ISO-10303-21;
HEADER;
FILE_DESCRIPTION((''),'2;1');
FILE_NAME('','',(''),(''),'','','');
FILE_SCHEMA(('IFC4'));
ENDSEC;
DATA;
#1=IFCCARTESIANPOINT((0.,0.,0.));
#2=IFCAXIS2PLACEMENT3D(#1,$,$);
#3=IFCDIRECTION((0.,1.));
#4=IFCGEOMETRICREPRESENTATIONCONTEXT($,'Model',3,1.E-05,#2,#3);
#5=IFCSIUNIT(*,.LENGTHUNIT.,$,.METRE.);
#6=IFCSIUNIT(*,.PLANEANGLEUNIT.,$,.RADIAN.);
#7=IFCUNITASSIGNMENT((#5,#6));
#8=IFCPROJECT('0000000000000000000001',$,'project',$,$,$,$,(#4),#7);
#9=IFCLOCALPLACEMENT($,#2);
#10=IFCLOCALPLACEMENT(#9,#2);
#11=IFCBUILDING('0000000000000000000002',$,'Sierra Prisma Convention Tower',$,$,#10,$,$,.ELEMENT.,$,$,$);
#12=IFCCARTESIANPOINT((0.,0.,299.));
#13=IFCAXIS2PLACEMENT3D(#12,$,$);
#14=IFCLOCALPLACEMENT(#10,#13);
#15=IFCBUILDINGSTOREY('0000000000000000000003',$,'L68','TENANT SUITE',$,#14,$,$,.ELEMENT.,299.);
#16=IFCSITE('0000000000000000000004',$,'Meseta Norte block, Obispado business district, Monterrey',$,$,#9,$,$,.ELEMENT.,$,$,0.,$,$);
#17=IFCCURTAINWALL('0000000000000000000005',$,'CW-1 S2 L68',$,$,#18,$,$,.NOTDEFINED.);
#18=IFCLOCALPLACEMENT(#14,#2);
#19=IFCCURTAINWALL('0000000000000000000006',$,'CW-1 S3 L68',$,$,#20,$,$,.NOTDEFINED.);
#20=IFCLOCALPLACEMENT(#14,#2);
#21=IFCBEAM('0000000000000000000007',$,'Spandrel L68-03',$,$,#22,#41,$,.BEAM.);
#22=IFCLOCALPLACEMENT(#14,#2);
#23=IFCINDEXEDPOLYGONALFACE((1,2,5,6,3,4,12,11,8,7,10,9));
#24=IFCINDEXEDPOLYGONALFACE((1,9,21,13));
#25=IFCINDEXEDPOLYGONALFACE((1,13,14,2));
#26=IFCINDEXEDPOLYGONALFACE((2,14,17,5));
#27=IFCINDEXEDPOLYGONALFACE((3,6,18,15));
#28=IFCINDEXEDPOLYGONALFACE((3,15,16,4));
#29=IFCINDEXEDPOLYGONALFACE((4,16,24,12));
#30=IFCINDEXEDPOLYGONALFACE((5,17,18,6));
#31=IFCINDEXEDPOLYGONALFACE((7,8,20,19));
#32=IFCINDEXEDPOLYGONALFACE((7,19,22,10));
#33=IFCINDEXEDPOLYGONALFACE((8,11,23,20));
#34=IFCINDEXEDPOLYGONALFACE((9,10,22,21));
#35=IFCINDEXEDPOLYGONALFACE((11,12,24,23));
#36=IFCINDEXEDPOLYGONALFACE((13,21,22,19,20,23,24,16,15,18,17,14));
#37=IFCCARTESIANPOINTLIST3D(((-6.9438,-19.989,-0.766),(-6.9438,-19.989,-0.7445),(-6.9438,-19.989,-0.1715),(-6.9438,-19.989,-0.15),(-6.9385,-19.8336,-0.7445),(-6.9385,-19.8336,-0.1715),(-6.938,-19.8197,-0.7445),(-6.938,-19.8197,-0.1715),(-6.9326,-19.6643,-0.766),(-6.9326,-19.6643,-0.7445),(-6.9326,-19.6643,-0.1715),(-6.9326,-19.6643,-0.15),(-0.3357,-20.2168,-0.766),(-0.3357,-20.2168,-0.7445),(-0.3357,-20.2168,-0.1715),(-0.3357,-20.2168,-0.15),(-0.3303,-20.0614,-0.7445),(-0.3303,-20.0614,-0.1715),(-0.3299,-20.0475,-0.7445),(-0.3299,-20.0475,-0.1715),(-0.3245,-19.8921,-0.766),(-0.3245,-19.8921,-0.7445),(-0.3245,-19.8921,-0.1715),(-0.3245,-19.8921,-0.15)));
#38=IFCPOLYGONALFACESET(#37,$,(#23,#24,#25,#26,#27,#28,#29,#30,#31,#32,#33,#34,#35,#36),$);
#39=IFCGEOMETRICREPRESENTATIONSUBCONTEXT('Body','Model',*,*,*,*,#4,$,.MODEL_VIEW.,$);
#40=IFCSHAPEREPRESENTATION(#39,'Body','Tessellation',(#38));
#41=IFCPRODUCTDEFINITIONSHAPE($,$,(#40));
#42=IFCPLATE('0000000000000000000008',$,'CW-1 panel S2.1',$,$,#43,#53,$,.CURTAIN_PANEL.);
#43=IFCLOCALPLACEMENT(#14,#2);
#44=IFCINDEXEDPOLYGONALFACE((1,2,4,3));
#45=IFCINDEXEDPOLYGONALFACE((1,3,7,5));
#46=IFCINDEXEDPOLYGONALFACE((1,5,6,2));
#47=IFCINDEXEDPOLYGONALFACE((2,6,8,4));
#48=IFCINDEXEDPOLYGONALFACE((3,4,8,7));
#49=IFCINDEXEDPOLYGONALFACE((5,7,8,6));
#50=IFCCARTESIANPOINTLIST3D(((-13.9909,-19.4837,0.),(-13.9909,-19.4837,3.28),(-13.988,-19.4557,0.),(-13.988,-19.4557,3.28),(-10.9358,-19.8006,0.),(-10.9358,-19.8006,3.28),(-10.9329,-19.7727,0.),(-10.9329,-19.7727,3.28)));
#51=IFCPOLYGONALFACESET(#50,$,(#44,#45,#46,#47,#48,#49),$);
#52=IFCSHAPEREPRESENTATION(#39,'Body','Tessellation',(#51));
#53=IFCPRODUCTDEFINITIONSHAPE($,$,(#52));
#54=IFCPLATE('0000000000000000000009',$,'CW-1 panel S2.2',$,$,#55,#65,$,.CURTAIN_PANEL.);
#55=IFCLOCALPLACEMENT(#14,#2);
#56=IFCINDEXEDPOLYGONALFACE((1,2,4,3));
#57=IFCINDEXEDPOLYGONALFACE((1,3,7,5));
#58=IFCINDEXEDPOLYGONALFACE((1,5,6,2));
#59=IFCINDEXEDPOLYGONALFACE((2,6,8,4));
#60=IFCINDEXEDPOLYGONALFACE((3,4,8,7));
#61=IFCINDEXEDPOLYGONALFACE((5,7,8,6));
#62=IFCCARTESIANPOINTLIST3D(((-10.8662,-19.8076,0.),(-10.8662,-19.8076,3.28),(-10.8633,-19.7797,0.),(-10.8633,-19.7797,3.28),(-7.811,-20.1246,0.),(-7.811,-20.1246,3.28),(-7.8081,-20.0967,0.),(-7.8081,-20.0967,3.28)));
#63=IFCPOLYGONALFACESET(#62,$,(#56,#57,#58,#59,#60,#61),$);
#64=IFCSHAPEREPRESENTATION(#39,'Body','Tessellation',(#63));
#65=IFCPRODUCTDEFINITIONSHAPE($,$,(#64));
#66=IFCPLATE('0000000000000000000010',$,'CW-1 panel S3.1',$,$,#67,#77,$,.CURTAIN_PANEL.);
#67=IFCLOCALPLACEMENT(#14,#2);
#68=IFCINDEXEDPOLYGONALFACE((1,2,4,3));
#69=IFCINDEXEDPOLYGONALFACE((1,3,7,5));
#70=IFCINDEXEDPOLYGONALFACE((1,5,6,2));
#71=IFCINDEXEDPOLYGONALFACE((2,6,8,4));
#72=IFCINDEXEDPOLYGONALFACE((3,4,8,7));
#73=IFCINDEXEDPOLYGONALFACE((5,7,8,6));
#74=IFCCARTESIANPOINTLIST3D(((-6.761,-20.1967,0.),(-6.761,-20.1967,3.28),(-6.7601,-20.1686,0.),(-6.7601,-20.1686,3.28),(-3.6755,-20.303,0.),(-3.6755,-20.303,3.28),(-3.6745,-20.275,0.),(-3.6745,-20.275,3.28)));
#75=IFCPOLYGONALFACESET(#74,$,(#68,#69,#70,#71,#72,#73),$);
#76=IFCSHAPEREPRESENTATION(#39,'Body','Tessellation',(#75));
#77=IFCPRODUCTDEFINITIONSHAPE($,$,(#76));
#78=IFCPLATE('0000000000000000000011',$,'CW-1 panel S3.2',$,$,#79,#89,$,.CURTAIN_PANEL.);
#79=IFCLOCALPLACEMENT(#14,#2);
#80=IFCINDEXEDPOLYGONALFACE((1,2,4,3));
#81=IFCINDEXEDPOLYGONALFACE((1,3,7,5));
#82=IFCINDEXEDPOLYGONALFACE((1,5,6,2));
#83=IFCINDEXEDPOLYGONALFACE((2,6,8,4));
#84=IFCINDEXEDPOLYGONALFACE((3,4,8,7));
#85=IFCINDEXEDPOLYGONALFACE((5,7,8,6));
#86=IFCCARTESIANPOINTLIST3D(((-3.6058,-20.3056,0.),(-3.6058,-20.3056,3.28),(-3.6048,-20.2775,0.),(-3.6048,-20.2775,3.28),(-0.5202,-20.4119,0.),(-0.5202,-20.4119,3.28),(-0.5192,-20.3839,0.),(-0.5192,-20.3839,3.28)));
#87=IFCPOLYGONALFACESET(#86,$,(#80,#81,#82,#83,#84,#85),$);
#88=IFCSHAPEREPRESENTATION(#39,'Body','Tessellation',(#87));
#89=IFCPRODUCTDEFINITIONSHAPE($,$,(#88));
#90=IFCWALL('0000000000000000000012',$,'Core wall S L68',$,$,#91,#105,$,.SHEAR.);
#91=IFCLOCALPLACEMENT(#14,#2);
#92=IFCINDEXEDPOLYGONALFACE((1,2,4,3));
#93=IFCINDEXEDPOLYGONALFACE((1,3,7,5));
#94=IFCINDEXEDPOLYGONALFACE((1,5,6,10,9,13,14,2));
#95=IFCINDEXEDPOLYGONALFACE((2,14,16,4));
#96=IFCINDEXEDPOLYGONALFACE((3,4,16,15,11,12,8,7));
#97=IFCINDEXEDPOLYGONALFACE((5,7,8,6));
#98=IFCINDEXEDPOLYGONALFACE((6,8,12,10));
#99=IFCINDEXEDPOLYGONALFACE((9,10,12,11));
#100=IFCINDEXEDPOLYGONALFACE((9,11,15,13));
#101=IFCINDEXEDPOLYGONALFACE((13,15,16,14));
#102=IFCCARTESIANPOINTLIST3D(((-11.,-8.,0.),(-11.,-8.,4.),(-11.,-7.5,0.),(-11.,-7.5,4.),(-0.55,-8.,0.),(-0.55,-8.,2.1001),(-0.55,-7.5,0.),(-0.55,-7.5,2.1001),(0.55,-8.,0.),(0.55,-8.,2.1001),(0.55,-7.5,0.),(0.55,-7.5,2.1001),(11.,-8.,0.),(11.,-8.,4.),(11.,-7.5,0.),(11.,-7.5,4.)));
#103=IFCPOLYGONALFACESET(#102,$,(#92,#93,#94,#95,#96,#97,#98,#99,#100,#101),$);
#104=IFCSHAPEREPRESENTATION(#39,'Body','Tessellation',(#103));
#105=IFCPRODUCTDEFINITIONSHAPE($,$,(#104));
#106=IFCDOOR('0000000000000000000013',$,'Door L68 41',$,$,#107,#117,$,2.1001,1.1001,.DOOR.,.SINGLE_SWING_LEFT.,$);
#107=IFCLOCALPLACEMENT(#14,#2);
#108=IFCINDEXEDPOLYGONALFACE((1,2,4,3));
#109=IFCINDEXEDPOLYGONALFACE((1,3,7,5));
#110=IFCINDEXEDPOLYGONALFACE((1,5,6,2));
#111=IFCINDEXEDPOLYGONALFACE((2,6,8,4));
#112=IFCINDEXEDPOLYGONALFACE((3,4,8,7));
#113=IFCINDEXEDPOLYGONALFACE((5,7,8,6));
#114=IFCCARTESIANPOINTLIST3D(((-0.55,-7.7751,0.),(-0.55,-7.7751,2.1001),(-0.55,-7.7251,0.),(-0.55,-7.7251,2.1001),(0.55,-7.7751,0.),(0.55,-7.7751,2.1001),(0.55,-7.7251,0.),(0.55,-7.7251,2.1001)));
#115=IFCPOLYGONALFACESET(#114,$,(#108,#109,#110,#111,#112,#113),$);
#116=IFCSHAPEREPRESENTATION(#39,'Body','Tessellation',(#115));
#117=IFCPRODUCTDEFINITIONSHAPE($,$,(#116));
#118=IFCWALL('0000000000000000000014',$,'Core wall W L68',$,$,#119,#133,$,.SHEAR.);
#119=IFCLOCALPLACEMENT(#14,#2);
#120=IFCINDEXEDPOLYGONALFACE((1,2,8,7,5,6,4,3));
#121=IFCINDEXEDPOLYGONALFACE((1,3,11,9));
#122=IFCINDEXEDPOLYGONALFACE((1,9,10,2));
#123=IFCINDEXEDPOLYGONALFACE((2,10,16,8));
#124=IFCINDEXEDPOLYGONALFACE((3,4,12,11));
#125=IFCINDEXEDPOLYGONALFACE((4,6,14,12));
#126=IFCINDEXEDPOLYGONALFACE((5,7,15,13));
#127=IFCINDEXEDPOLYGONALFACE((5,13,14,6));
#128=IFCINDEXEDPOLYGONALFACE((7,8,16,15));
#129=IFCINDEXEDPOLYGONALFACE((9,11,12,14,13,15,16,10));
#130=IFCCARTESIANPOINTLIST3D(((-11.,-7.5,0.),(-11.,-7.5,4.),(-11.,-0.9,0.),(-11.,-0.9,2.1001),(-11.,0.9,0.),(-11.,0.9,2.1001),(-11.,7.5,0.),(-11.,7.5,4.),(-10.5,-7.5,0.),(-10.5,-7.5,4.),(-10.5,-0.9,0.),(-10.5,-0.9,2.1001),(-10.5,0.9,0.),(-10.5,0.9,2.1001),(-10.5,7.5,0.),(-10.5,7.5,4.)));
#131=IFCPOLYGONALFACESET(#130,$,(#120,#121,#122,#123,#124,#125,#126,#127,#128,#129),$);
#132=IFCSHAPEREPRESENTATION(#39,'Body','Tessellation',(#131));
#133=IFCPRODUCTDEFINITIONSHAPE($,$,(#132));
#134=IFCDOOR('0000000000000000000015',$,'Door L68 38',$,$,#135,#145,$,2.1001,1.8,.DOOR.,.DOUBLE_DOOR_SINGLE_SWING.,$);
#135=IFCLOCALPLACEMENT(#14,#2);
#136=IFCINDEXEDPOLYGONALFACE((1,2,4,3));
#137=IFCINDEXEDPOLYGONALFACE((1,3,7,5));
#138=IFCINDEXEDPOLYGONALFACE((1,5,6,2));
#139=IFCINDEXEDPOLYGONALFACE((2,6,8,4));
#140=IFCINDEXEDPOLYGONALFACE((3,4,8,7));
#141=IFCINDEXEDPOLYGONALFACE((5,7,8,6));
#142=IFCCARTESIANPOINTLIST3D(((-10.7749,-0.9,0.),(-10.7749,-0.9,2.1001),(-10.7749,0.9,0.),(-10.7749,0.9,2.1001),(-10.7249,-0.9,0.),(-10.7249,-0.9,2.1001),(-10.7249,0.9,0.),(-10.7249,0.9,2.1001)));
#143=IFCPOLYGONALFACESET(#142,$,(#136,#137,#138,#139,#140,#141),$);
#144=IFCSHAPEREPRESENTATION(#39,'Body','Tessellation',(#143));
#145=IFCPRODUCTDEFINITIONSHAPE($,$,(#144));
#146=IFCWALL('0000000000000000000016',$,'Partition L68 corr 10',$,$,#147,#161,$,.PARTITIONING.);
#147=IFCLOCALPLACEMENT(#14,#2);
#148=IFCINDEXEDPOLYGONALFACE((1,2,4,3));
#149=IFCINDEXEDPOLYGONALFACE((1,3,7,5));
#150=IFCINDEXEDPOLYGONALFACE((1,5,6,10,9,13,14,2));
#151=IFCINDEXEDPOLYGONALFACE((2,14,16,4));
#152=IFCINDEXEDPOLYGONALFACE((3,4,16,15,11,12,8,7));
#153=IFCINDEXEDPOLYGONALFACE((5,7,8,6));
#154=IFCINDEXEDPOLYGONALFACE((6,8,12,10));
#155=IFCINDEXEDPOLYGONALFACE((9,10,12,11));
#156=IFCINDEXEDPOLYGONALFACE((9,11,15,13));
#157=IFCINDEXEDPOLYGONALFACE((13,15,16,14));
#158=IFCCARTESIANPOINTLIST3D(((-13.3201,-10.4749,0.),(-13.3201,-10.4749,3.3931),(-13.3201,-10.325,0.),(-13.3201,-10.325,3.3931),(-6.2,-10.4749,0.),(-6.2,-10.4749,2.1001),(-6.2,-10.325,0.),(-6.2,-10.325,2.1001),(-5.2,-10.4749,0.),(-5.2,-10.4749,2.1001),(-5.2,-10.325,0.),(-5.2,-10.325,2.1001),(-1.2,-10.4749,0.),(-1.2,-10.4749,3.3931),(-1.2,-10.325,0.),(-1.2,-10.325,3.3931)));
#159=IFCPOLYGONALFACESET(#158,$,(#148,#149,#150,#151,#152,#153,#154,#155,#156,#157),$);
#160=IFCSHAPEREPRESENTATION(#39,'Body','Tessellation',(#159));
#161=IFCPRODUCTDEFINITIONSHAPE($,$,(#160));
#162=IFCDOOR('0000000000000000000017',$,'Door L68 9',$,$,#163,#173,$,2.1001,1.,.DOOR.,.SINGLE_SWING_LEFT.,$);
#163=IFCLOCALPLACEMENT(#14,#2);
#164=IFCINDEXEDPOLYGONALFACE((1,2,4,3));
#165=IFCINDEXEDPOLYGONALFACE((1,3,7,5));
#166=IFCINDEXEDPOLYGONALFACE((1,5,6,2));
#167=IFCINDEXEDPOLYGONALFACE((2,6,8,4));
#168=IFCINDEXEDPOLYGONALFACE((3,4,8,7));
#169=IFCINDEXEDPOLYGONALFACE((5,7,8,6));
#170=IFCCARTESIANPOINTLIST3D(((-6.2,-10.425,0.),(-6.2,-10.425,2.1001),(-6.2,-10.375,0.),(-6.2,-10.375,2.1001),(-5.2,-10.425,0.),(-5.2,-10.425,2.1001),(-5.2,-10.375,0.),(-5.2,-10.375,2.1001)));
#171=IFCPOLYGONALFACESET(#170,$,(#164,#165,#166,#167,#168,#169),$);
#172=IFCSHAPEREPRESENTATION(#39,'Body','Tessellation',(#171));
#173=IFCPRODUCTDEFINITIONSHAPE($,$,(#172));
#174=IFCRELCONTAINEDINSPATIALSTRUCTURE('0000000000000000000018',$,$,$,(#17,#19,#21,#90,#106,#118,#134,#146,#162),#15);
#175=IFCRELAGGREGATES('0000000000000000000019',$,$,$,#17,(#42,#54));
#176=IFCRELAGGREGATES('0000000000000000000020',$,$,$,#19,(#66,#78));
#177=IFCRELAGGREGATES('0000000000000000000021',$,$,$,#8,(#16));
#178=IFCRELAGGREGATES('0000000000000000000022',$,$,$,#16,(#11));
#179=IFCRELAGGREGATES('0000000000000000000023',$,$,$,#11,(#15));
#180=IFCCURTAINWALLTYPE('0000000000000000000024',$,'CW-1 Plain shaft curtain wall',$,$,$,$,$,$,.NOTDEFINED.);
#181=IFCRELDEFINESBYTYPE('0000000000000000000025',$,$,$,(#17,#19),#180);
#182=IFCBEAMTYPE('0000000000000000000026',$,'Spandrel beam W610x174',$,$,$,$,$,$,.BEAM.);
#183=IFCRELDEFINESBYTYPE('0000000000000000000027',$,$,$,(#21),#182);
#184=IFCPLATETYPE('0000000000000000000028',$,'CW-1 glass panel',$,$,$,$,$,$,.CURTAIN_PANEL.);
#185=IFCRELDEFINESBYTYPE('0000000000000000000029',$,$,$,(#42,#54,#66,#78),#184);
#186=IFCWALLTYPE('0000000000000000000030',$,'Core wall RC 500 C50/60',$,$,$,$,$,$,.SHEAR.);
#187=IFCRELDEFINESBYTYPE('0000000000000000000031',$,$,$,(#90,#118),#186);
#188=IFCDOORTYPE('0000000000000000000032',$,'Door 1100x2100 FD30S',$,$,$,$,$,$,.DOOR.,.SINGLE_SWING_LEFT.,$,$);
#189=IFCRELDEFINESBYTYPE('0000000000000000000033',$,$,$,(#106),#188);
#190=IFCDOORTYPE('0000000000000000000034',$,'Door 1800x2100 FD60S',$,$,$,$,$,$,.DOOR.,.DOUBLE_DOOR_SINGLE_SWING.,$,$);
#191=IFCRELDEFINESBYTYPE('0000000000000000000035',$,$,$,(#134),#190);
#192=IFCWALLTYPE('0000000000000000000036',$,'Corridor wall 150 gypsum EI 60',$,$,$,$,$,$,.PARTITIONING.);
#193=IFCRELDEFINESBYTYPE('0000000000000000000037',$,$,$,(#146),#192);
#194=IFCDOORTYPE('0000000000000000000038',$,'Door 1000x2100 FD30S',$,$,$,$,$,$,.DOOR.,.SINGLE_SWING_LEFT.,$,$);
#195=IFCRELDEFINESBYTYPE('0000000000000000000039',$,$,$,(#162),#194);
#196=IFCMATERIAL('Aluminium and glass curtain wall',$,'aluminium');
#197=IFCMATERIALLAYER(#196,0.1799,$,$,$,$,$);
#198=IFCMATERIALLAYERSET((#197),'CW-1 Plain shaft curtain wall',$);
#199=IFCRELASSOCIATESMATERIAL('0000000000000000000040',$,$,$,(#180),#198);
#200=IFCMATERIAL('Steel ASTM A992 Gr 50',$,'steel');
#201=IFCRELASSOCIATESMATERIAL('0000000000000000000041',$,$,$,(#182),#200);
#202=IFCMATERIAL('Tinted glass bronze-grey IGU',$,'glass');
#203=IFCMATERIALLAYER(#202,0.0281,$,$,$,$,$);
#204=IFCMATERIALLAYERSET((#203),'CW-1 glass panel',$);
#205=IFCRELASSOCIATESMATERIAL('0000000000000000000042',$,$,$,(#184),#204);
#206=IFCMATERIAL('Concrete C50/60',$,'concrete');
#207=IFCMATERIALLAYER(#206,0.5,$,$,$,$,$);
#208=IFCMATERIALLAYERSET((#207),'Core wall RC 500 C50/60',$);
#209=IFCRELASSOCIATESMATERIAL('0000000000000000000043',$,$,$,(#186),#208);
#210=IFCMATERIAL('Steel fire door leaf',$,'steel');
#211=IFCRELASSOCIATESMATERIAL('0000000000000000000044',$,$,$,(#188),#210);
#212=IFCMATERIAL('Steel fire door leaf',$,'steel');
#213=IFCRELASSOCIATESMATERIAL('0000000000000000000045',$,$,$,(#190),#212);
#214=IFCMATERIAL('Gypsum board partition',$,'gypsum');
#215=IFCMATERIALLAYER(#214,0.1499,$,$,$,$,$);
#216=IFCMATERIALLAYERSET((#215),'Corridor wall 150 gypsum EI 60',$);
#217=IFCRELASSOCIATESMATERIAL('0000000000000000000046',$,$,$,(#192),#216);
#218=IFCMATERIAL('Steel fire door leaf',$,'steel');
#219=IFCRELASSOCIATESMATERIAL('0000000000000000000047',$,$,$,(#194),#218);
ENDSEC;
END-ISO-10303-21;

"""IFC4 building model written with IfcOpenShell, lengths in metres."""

from ifc_helpers import new_model, si_unit, direction, frame, frame_2d, origin, origin_2d, place, context, subcontext, project, spatial, rectangle, i_section, extrude, material, layer, layer_set, material_profile, profile_set, type_object, element, fill, aggregate, save


model = new_model("IFC4")

# Units and contexts
model_context = context("Model", 3, precision=1e-05, world=origin(), true_north=direction((0.0, 1.0)))
body_context = subcontext(model_context, "Body", "Model", "MODEL_VIEW")
ifc_project = project(units=[si_unit("LENGTHUNIT", "METRE"), si_unit("PLANEANGLEUNIT", "RADIAN")], contexts=[model_context])

# Site, building, storey
site_placement = place(None, origin())
site = spatial("IfcSite", under=ifc_project, at=site_placement, Name="Meseta Norte block, Obispado business district, Monterrey", CompositionType="ELEMENT", RefElevation=0.0)
building_placement = place(site_placement, origin())
building = spatial("IfcBuilding", under=site, at=building_placement, Name="Sierra Prisma Convention Tower", CompositionType="ELEMENT")
storey_placement = place(building_placement, frame((0.0, 0.0, 299.0)))
storey = spatial("IfcBuildingStorey", under=building, at=storey_placement, Name="L68", Description="TENANT SUITE", CompositionType="ELEMENT", Elevation=299.0)

# Curtain wall
ifc_material_1 = material(Name="Aluminium and glass curtain wall", Category="aluminium")
ifc_layer_1 = layer(ifc_material_1, 0.1799)
ifc_layer_set_1 = layer_set([ifc_layer_1], Name="CW-1 Plain shaft curtain wall")
curtain_wall_type = type_object("IfcCurtainWallType", Name="CW-1 Plain shaft curtain wall", PredefinedType="NOTDEFINED", material=ifc_layer_set_1)
curtain_wall_1_placement = place(storey_placement, origin())
curtain_wall_1 = element("IfcCurtainWall", 1, at=curtain_wall_1_placement, inside=storey, type_object=curtain_wall_type, Name="CW-1 S2 L68", PredefinedType="NOTDEFINED")

# Curtain wall
curtain_wall_2_placement = place(storey_placement, origin())
curtain_wall_2 = element("IfcCurtainWall", 2, at=curtain_wall_2_placement, inside=storey, type_object=curtain_wall_type, Name="CW-1 S3 L68", PredefinedType="NOTDEFINED")

# Beam
ifc_material_2 = material(Name="Steel ASTM A992 Gr 50", Category="steel")
ifc_material_profile_1 = material_profile(ifc_material_2, i_section(OverallWidth=0.325, OverallDepth=0.616, WebThickness=0.0139, FlangeThickness=0.0215, at=origin_2d()), Name="W610x174")
ifc_profile_set_1 = profile_set([ifc_material_profile_1], Name="Steel ASTM A992 Gr 50")
beam_type_1 = type_object("IfcBeamType", Name="Spandrel beam W610x174", PredefinedType="BEAM", material=ifc_profile_set_1)
beam_1_placement = place(storey_placement, frame((-6.9382, -19.8267, -0.458), z_axis=(0.999406, -0.03445, 0.0), x_axis=(0.03445, 0.999406, 0.0)))
element("IfcBeam", 3, at=beam_1_placement, inside=storey, type_object=beam_type_1, Name="Spandrel L68-03", PredefinedType="BEAM", context=body_context, shape_type="SweptSolid", body=[
    extrude(i_section(OverallWidth=0.325, OverallDepth=0.616, WebThickness=0.0139, FlangeThickness=0.0215, at=origin_2d()), origin(), (0.0, 0.0, 1.0), 6.6121),
])

# Plates
ifc_material_3 = material(Name="Tinted glass bronze-grey IGU", Category="glass")
ifc_layer_2 = layer(ifc_material_3, 0.0281)
ifc_layer_set_2 = layer_set([ifc_layer_2], Name="CW-1 glass panel")
plate_type = type_object("IfcPlateType", Name="CW-1 glass panel", PredefinedType="CURTAIN_PANEL", material=ifc_layer_set_2)
plate_1_placement = place(storey_placement, frame((-12.4619, -19.6282, 0.0), z_axis=(0.0, 0.0, 1.0), x_axis=(0.994662, -0.103184, 0.0)))
plate_1 = element("IfcPlate", 4, at=plate_1_placement, type_object=plate_type, Name="CW-1 panel S2.1", PredefinedType="CURTAIN_PANEL", context=body_context, shape_type="SweptSolid", body=[
    extrude(rectangle(XDim=3.0715, YDim=0.0281, at=origin_2d()), origin(), (0.0, 0.0, 1.0), 3.28),
])
plate_2_placement = place(storey_placement, frame((-9.3372, -19.9521, 0.0), z_axis=(0.0, 0.0, 1.0), x_axis=(0.994662, -0.103184, 0.0)))
plate_2 = element("IfcPlate", 5, at=plate_2_placement, type_object=plate_type, Name="CW-1 panel S2.2", PredefinedType="CURTAIN_PANEL", context=body_context, shape_type="SweptSolid", body=[
    extrude(rectangle(XDim=3.0715, YDim=0.0281, at=origin_2d()), origin(), (0.0, 0.0, 1.0), 3.28),
])
aggregate(curtain_wall_1, [plate_1, plate_2])
plate_3_placement = place(storey_placement, frame((-5.2178, -20.2358, 0.0), z_axis=(0.0, 0.0, 1.0), x_axis=(0.999406, -0.034449, 0.0)))
plate_3 = element("IfcPlate", 6, at=plate_3_placement, type_object=plate_type, Name="CW-1 panel S3.1", PredefinedType="CURTAIN_PANEL", context=body_context, shape_type="SweptSolid", body=[
    extrude(rectangle(XDim=3.0874, YDim=0.0281, at=origin_2d()), origin(), (0.0, 0.0, 1.0), 3.28),
])
plate_4_placement = place(storey_placement, frame((-2.0625, -20.3447, 0.0), z_axis=(0.0, 0.0, 1.0), x_axis=(0.999406, -0.034449, 0.0)))
plate_4 = element("IfcPlate", 7, at=plate_4_placement, type_object=plate_type, Name="CW-1 panel S3.2", PredefinedType="CURTAIN_PANEL", context=body_context, shape_type="SweptSolid", body=[
    extrude(rectangle(XDim=3.0874, YDim=0.0281, at=origin_2d()), origin(), (0.0, 0.0, 1.0), 3.28),
])
aggregate(curtain_wall_2, [plate_3, plate_4])

# Walls, openings, doors
ifc_material_4 = material(Name="Concrete C50/60", Category="concrete")
ifc_layer_3 = layer(ifc_material_4, 0.5)
ifc_layer_set_3 = layer_set([ifc_layer_3], Name="Core wall RC 500 C50/60")
wall_type_1 = type_object("IfcWallType", Name="Core wall RC 500 C50/60", PredefinedType="SHEAR", material=ifc_layer_set_3)
wall_1_placement = place(storey_placement, frame((-11.0, -7.75, 0.0), z_axis=(0.0, 0.0, 1.0), x_axis=(1.0, 0.0, 0.0)))
wall_1 = element("IfcWall", 8, at=wall_1_placement, inside=storey, type_object=wall_type_1, Name="Core wall S L68", PredefinedType="SHEAR", context=body_context, shape_type="SweptSolid", body=[
    extrude(rectangle(XDim=22.0, YDim=0.5, at=frame_2d((11.0, 0.0))), origin(), (0.0, 0.0, 1.0), 4.0),
])
opening_1_placement = place(wall_1_placement, frame((10.45, 0.0, 0.0)))
opening_1 = element("IfcOpeningElement", 9, at=opening_1_placement, cuts=wall_1, PredefinedType="OPENING", context=body_context, shape_type="SweptSolid", body=[
    extrude(rectangle(XDim=1.1001, YDim=2.1001, at=frame_2d((0.55, 1.05))), frame((0.0, 0.25, 0.0), z_axis=(0.0, -1.0, 0.0), x_axis=(1.0, 0.0, 0.0)), (0.0, 0.0, 1.0), 0.5),
])
ifc_material_5 = material(Name="Steel fire door leaf", Category="steel")
door_type_1 = type_object("IfcDoorType", Name="Door 1100x2100 FD30S", OperationType="SINGLE_SWING_LEFT", PredefinedType="DOOR", material=ifc_material_5)
door_1_placement = place(opening_1_placement, origin())
door_1 = element("IfcDoor", 10, at=door_1_placement, inside=storey, type_object=door_type_1, Name="Door L68 41", OperationType="SINGLE_SWING_LEFT", OverallHeight=2.1001, OverallWidth=1.1001, PredefinedType="DOOR", context=body_context, shape_type="SweptSolid", body=[
    extrude(rectangle(XDim=1.1001, YDim=2.1001, at=frame_2d((0.55, 1.05))), frame((0.0, 0.0249, 0.0), z_axis=(0.0, -1.0, 0.0), x_axis=(1.0, 0.0, 0.0)), (0.0, 0.0, 1.0), 0.05),
])
fill(opening_1, door_1)
wall_2_placement = place(storey_placement, frame((-10.75, -7.5, 0.0), z_axis=(0.0, 0.0, 1.0), x_axis=(0.0, 1.0, 0.0)))
wall_2 = element("IfcWall", 11, at=wall_2_placement, inside=storey, type_object=wall_type_1, Name="Core wall W L68", PredefinedType="SHEAR", context=body_context, shape_type="SweptSolid", body=[
    extrude(rectangle(XDim=15.0, YDim=0.5, at=frame_2d((7.5, 0.0))), origin(), (0.0, 0.0, 1.0), 4.0),
])
opening_2_placement = place(wall_2_placement, frame((6.6001, 0.0, 0.0)))
opening_2 = element("IfcOpeningElement", 12, at=opening_2_placement, cuts=wall_2, PredefinedType="OPENING", context=body_context, shape_type="SweptSolid", body=[
    extrude(rectangle(XDim=1.8, YDim=2.1001, at=frame_2d((0.8999, 1.05))), frame((0.0, 0.25, 0.0), z_axis=(0.0, -1.0, 0.0), x_axis=(1.0, 0.0, 0.0)), (0.0, 0.0, 1.0), 0.5),
])
ifc_material_6 = material(Name="Steel fire door leaf", Category="steel")
door_type_2 = type_object("IfcDoorType", Name="Door 1800x2100 FD60S", OperationType="DOUBLE_DOOR_SINGLE_SWING", PredefinedType="DOOR", material=ifc_material_6)
door_2_placement = place(opening_2_placement, origin())
door_2 = element("IfcDoor", 13, at=door_2_placement, inside=storey, type_object=door_type_2, Name="Door L68 38", OperationType="DOUBLE_DOOR_SINGLE_SWING", OverallHeight=2.1001, OverallWidth=1.8, PredefinedType="DOOR", context=body_context, shape_type="SweptSolid", body=[
    extrude(rectangle(XDim=1.8, YDim=2.1001, at=frame_2d((0.8999, 1.05))), frame((0.0, 0.0249, 0.0), z_axis=(0.0, -1.0, 0.0), x_axis=(1.0, 0.0, 0.0)), (0.0, 0.0, 1.0), 0.05),
])
fill(opening_2, door_2)
ifc_material_7 = material(Name="Gypsum board partition", Category="gypsum")
ifc_layer_4 = layer(ifc_material_7, 0.1499)
ifc_layer_set_4 = layer_set([ifc_layer_4], Name="Corridor wall 150 gypsum EI 60")
wall_type_2 = type_object("IfcWallType", Name="Corridor wall 150 gypsum EI 60", PredefinedType="PARTITIONING", material=ifc_layer_set_4)
wall_3_placement = place(storey_placement, frame((-13.3201, -10.3999, 0.0), z_axis=(0.0, 0.0, 1.0), x_axis=(1.0, 0.0, 0.0)))
wall_3 = element("IfcWall", 14, at=wall_3_placement, inside=storey, type_object=wall_type_2, Name="Partition L68 corr 10", PredefinedType="PARTITIONING", context=body_context, shape_type="SweptSolid", body=[
    extrude(rectangle(XDim=12.1201, YDim=0.1499, at=frame_2d((6.0601, 0.0))), origin(), (0.0, 0.0, 1.0), 3.3931),
])
opening_3_placement = place(wall_3_placement, frame((7.1201, 0.0, 0.0)))
opening_3 = element("IfcOpeningElement", 15, at=opening_3_placement, cuts=wall_3, PredefinedType="OPENING", context=body_context, shape_type="SweptSolid", body=[
    extrude(rectangle(XDim=1.0, YDim=2.1001, at=frame_2d((0.5, 1.05))), frame((0.0, 0.075, 0.0), z_axis=(0.0, -1.0, 0.0), x_axis=(1.0, 0.0, 0.0)), (0.0, 0.0, 1.0), 0.1499),
])
ifc_material_8 = material(Name="Steel fire door leaf", Category="steel")
door_type_3 = type_object("IfcDoorType", Name="Door 1000x2100 FD30S", OperationType="SINGLE_SWING_LEFT", PredefinedType="DOOR", material=ifc_material_8)
door_3_placement = place(opening_3_placement, origin())
door_3 = element("IfcDoor", 16, at=door_3_placement, inside=storey, type_object=door_type_3, Name="Door L68 9", OperationType="SINGLE_SWING_LEFT", OverallHeight=2.1001, OverallWidth=1.0, PredefinedType="DOOR", context=body_context, shape_type="SweptSolid", body=[
    extrude(rectangle(XDim=1.0, YDim=2.1001, at=frame_2d((0.5, 1.05))), frame((0.0, 0.0249, 0.0), z_axis=(0.0, -1.0, 0.0), x_axis=(1.0, 0.0, 0.0)), (0.0, 0.0, 1.0), 0.05),
])
fill(opening_3, door_3)

save(model, "model.ifc")
